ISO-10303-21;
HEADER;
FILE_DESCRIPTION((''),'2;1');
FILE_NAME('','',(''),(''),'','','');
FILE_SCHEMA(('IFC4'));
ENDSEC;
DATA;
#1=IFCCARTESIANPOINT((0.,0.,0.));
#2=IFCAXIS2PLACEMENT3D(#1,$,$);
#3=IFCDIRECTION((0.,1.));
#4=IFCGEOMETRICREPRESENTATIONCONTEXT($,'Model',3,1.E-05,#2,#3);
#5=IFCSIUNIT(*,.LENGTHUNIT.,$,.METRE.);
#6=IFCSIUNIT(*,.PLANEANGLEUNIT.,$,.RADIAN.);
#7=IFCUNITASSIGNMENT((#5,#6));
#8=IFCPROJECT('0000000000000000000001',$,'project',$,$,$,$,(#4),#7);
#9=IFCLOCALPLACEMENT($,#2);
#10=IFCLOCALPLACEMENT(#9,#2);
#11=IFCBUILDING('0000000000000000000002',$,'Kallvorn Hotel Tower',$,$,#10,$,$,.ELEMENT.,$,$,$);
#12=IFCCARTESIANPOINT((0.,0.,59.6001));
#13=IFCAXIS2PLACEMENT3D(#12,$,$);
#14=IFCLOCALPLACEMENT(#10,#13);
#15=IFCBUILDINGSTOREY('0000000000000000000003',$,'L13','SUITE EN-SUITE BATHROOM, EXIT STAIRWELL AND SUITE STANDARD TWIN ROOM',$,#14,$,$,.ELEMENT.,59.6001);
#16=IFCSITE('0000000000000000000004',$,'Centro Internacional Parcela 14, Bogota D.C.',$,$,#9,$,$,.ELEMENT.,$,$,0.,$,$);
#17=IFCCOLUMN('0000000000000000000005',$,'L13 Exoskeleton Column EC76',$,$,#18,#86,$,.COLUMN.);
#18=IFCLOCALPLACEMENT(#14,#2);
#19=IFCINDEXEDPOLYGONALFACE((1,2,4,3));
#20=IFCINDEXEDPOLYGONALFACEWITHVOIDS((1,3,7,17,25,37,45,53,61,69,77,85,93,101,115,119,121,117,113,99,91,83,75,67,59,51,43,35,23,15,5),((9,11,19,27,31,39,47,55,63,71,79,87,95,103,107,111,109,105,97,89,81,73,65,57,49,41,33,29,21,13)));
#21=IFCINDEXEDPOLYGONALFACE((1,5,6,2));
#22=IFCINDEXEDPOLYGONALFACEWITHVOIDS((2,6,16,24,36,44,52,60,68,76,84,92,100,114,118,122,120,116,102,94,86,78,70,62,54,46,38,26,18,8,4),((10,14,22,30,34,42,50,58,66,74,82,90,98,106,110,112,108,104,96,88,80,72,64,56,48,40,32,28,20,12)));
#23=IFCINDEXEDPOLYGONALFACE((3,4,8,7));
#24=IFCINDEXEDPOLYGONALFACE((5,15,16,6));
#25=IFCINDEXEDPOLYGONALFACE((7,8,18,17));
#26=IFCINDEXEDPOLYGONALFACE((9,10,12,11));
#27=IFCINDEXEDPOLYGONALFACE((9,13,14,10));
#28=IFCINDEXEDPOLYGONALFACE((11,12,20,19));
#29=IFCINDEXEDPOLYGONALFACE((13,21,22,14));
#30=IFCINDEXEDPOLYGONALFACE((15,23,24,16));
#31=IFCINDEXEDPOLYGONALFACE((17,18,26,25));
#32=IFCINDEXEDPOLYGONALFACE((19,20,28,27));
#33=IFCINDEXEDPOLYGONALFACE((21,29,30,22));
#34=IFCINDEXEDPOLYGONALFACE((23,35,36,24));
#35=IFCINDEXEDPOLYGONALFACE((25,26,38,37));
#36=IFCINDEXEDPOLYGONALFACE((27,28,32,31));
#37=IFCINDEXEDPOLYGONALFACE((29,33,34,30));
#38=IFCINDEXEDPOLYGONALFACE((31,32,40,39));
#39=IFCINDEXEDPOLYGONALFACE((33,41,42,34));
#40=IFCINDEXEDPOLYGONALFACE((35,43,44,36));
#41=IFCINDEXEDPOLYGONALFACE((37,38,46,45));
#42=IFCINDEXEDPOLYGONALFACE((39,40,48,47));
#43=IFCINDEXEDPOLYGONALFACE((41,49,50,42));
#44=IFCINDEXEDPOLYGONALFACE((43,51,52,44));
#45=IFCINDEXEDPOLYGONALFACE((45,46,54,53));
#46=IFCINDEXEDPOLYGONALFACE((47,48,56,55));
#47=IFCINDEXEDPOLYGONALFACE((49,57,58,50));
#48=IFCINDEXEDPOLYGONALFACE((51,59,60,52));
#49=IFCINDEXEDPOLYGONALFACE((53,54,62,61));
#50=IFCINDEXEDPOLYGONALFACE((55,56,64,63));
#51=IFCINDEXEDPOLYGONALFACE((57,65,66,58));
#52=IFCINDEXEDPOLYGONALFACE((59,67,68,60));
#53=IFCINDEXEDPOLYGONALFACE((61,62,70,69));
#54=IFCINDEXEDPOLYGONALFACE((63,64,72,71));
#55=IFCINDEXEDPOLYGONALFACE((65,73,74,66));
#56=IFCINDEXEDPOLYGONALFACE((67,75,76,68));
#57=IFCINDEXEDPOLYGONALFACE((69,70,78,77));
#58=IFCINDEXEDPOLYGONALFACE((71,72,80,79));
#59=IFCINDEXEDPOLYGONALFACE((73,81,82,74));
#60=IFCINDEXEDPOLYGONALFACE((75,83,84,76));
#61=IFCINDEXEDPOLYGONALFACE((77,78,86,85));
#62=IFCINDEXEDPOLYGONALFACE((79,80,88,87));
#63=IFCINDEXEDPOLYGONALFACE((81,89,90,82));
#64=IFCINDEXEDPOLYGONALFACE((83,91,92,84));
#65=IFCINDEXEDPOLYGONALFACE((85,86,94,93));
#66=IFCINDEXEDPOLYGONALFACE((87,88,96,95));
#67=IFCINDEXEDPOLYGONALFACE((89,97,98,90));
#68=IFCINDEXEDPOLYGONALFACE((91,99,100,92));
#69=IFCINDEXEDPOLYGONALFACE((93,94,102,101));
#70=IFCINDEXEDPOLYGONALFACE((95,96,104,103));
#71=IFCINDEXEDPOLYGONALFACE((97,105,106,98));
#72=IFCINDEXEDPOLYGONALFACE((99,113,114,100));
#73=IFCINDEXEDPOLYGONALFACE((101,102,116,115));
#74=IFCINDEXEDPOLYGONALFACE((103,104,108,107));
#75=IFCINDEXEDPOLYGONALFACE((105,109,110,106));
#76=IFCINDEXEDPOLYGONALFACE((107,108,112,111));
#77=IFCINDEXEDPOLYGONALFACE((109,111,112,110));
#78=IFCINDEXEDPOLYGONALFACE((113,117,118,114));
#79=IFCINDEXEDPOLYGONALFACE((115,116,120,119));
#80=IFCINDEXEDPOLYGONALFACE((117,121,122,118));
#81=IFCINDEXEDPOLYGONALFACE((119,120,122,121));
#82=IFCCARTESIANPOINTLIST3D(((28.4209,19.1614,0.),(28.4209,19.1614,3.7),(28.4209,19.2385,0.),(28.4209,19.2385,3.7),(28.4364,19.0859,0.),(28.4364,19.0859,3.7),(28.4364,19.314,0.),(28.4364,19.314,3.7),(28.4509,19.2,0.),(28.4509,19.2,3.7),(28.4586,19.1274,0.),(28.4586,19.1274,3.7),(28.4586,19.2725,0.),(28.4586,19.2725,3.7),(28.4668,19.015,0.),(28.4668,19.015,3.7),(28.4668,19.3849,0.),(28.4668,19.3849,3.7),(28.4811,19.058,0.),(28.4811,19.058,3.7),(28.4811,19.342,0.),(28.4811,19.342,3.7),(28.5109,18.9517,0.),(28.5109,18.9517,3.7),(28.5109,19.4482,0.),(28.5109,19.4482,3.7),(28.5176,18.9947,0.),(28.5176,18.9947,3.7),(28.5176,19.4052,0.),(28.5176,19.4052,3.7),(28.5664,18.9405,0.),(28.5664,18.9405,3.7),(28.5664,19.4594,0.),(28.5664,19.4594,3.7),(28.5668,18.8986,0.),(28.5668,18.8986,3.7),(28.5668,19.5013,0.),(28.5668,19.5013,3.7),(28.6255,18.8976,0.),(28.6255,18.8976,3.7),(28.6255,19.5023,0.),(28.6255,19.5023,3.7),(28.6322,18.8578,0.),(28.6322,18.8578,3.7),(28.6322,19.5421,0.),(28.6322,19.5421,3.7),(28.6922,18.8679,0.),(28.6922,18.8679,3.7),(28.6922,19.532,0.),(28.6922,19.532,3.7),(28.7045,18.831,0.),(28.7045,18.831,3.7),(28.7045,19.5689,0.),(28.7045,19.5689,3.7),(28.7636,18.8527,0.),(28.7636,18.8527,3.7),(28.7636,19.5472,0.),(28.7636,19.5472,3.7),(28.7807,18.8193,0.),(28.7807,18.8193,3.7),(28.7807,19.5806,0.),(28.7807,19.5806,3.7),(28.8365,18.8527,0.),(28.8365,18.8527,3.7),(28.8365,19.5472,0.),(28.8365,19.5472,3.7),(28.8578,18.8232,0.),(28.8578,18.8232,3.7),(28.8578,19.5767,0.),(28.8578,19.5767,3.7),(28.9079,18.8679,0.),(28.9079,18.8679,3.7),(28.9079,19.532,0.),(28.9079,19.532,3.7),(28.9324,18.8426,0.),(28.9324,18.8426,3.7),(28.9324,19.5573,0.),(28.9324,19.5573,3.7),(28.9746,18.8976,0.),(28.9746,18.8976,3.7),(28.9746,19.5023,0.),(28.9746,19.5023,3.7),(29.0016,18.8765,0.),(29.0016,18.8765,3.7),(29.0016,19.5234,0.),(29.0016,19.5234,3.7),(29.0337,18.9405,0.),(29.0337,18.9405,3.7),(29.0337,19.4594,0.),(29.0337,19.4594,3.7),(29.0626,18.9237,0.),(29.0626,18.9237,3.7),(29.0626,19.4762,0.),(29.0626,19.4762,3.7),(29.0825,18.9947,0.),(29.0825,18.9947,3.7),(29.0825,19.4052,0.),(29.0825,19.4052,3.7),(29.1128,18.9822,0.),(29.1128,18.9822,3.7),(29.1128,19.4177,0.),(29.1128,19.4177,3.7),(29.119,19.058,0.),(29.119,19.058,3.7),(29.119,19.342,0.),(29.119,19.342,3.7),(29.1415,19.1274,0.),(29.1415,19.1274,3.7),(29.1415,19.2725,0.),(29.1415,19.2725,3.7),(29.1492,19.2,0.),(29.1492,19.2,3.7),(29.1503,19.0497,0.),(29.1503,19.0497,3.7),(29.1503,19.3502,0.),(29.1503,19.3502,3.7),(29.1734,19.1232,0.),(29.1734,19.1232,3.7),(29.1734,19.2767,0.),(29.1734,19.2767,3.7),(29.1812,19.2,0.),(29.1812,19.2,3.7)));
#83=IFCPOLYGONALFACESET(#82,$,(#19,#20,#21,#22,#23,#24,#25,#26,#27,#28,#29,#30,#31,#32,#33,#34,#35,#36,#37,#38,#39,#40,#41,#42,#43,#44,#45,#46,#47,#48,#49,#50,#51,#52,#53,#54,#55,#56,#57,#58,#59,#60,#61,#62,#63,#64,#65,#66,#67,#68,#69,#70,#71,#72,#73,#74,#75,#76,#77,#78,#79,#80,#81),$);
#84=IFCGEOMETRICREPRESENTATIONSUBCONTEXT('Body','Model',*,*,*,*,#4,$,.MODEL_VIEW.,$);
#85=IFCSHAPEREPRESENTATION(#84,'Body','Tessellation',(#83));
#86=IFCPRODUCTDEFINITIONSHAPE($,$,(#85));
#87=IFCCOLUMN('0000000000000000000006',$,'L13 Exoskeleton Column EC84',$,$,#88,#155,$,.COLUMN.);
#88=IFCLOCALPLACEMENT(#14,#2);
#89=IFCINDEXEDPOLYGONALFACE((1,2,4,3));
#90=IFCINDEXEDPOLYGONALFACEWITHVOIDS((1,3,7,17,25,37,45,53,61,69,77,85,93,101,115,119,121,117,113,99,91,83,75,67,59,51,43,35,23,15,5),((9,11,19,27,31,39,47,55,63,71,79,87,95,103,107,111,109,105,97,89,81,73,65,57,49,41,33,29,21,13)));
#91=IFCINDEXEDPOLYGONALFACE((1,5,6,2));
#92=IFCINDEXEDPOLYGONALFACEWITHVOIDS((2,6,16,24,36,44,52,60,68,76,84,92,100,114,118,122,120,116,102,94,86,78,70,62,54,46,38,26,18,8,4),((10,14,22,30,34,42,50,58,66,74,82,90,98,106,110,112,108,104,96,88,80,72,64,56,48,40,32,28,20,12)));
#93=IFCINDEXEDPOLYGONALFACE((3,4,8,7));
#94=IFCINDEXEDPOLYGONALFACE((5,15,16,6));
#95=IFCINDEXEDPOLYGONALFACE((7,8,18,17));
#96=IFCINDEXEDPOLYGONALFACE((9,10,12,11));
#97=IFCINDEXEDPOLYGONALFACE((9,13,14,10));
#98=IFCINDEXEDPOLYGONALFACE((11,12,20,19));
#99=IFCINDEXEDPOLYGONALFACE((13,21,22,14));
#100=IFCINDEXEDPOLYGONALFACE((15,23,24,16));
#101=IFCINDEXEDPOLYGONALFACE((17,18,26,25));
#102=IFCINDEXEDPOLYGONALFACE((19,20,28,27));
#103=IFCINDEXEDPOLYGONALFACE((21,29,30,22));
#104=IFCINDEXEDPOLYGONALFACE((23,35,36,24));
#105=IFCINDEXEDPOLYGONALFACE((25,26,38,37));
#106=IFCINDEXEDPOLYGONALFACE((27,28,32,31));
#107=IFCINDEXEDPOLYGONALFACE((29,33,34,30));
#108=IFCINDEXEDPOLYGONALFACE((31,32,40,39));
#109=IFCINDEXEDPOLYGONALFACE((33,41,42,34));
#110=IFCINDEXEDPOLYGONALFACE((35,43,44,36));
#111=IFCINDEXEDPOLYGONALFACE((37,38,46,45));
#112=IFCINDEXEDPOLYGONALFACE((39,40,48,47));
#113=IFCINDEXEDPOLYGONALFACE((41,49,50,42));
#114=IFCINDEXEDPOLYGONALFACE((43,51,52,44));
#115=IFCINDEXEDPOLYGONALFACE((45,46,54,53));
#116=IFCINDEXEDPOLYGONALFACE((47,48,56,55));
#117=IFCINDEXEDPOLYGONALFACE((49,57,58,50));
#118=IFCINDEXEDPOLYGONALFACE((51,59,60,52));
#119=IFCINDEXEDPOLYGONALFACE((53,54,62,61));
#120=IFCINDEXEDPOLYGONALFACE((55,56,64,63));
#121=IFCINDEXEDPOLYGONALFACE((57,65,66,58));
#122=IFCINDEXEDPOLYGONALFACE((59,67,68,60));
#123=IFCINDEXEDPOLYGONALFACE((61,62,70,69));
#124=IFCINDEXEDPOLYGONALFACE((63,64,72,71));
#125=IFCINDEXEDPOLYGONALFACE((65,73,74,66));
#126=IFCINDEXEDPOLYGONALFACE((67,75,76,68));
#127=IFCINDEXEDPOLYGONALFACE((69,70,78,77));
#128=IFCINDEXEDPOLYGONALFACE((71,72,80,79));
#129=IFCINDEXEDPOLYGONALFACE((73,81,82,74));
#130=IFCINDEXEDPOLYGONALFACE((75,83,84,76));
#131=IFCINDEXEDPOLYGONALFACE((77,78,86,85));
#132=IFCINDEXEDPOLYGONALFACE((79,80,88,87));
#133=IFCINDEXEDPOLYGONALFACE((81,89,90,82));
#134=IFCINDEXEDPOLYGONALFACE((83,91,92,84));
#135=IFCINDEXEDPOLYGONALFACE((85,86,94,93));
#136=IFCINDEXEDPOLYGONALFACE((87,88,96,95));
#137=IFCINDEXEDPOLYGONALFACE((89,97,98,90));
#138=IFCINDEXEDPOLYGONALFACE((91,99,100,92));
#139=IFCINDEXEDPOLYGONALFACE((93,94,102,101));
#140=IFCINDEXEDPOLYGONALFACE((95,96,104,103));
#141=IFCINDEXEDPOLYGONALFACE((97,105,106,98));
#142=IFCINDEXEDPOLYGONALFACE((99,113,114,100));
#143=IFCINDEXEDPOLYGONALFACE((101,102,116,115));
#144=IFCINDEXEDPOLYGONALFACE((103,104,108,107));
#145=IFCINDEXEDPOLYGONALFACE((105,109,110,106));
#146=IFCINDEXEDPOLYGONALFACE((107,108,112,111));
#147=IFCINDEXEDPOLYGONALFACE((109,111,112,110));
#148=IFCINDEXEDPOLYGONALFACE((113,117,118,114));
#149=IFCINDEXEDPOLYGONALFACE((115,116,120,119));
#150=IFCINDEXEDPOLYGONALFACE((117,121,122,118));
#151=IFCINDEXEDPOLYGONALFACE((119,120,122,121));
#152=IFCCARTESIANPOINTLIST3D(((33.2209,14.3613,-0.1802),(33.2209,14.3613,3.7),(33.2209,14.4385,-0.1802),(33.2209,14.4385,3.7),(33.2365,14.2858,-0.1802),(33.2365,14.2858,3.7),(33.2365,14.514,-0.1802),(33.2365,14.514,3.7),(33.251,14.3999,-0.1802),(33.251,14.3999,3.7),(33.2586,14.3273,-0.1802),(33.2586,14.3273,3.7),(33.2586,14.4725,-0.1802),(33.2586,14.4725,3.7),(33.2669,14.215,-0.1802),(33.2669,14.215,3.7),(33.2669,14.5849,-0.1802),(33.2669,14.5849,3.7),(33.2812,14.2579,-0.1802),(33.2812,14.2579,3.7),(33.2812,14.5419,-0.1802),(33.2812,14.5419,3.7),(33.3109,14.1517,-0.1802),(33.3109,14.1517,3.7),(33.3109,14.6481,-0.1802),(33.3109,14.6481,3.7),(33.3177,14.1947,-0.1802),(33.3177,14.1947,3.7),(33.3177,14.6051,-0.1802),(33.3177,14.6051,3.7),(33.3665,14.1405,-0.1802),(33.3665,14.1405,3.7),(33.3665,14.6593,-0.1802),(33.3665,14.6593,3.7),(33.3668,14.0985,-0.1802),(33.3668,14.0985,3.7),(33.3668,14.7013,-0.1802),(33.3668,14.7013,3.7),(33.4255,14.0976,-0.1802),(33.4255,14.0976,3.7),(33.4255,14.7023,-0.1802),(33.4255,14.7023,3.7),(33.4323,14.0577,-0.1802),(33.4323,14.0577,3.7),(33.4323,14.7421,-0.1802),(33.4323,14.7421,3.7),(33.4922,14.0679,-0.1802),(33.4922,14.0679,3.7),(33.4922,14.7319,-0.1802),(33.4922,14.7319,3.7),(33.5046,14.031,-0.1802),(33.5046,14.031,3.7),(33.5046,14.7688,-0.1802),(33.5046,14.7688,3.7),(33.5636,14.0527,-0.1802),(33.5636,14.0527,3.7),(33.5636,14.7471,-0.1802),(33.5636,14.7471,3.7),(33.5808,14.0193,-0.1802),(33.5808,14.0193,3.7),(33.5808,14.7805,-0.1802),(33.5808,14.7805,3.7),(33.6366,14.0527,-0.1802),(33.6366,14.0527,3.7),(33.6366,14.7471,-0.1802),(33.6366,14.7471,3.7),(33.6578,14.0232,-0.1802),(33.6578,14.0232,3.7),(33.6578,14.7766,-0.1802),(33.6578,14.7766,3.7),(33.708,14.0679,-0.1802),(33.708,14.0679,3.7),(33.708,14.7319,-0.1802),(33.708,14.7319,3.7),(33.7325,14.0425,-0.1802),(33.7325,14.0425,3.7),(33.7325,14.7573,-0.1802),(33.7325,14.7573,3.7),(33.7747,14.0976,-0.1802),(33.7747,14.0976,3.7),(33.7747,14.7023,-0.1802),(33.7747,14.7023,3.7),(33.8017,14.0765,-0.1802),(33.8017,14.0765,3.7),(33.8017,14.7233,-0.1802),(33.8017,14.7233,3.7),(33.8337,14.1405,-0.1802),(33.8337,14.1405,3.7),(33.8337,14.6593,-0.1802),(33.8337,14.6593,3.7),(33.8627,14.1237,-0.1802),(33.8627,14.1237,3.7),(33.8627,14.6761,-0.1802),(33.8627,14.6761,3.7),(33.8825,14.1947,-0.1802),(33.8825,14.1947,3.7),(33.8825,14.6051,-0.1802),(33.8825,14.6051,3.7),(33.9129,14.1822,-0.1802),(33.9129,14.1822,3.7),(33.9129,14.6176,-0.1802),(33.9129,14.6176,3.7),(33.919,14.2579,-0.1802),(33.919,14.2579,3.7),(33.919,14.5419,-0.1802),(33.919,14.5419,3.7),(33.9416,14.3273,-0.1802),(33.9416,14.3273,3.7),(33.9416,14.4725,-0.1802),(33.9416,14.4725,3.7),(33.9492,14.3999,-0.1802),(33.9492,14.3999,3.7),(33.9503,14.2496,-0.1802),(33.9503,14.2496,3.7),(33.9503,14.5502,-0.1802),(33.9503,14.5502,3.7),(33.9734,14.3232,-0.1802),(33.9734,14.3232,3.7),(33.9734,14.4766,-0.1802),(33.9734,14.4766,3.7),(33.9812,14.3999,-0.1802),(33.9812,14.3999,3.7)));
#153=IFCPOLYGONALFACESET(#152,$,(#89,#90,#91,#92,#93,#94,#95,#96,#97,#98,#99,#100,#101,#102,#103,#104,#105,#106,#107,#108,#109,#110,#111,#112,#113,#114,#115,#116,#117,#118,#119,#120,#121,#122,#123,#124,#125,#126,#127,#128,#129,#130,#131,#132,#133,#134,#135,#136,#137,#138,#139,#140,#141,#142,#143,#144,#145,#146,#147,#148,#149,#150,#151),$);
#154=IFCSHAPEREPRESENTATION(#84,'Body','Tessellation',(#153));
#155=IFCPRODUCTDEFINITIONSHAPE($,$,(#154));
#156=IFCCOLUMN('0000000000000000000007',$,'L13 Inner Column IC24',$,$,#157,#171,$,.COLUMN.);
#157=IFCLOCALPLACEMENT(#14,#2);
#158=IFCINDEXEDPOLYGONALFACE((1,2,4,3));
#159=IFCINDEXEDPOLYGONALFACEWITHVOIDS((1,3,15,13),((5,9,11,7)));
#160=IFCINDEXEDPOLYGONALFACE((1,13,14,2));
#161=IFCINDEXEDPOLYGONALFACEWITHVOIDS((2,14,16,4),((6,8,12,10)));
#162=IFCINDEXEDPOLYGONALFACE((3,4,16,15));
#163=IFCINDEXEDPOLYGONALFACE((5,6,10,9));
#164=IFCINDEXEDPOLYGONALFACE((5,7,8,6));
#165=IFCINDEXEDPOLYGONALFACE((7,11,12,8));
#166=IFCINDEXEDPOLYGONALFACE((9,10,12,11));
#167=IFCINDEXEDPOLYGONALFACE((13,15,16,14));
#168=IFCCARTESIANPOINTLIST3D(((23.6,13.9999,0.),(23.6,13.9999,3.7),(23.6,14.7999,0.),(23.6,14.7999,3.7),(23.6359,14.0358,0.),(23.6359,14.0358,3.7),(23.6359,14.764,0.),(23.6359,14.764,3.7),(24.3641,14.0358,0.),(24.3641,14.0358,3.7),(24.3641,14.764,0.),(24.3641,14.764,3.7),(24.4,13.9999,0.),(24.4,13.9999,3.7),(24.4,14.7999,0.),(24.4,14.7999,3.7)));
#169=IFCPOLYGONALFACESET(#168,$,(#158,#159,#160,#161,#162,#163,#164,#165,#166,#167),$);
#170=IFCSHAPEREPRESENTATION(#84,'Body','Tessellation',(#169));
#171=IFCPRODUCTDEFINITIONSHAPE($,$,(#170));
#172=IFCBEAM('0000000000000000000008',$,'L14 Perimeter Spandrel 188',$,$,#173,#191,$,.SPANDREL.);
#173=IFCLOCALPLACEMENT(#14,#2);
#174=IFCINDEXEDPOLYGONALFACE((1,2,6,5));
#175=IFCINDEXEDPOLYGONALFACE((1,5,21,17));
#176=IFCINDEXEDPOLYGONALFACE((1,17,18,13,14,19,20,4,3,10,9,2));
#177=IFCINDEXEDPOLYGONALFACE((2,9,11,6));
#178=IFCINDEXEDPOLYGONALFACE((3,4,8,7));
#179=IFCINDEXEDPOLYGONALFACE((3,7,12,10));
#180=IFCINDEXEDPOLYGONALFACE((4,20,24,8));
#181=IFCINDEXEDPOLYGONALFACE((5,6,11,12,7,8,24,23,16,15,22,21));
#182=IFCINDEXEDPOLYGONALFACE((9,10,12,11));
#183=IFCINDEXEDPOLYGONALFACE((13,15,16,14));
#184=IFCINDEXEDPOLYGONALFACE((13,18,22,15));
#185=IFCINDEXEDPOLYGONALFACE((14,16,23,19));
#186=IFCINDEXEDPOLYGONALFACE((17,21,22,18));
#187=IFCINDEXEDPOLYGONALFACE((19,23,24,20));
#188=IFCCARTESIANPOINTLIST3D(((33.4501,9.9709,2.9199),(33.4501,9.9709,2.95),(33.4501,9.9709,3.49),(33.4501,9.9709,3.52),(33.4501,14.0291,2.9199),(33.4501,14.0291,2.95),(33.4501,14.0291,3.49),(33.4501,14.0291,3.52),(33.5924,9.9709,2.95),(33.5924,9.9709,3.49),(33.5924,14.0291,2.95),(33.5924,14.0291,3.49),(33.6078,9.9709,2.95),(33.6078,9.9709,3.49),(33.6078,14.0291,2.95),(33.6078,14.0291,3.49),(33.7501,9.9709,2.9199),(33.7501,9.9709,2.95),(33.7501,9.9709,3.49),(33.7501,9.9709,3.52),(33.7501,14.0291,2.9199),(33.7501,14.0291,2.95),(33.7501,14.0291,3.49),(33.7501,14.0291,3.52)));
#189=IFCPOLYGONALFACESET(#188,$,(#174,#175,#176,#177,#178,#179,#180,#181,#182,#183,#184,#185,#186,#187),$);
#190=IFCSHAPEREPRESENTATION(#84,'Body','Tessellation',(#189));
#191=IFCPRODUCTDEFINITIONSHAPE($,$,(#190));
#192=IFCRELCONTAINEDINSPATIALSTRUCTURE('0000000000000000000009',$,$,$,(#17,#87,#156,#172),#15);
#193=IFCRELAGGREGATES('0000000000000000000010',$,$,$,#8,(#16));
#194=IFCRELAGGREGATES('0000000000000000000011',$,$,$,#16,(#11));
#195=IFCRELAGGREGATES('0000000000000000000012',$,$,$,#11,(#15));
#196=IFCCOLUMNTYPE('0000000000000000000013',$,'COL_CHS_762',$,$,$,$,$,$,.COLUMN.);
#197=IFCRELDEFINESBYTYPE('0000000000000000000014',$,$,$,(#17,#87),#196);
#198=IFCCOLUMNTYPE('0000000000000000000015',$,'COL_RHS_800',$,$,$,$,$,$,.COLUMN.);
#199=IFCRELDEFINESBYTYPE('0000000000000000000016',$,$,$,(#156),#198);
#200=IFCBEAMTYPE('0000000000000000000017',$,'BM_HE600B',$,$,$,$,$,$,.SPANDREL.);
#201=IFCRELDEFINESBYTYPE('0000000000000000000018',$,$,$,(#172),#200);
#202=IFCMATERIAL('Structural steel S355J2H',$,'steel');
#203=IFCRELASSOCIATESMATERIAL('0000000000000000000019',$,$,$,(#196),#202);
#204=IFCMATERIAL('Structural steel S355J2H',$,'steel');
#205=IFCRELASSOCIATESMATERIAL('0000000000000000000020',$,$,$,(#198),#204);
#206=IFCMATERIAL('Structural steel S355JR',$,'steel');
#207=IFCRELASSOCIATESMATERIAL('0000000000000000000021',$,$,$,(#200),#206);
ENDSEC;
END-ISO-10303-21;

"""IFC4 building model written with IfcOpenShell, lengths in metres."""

from ifc_helpers import new_model, si_unit, direction, frame, origin, origin_2d, place, context, subcontext, project, spatial, hollow_rectangle, hollow_circle, i_section, extrude, material, material_profile, profile_set, type_object, element, save


model = new_model("IFC4")

# Units and contexts
model_context = context("Model", 3, precision=1e-05, world=origin(), true_north=direction((0.0, 1.0)))
body_context = subcontext(model_context, "Body", "Model", "MODEL_VIEW")
ifc_project = project(units=[si_unit("LENGTHUNIT", "METRE"), si_unit("PLANEANGLEUNIT", "RADIAN")], contexts=[model_context])

# Site, building, storey
site_placement = place(None, origin())
site = spatial("IfcSite", under=ifc_project, at=site_placement, Name="Centro Internacional Parcela 14, Bogota D.C.", CompositionType="ELEMENT", RefElevation=0.0)
building_placement = place(site_placement, origin())
building = spatial("IfcBuilding", under=site, at=building_placement, Name="Kallvorn Hotel Tower", CompositionType="ELEMENT")
storey_placement = place(building_placement, frame((0.0, 0.0, 59.6001)))
storey = spatial("IfcBuildingStorey", under=building, at=storey_placement, Name="L13", Description="SUITE EN-SUITE BATHROOM, EXIT STAIRWELL AND SUITE STANDARD TWIN ROOM", CompositionType="ELEMENT", Elevation=59.6001)

# Columns
ifc_material_1 = material(Name="Structural steel S355J2H", Category="steel")
ifc_material_profile_1 = material_profile(ifc_material_1, hollow_circle(Radius=0.3811, WallThickness=0.032, at=origin_2d()), Name="CHS 762x32")
ifc_profile_set_1 = profile_set([ifc_material_profile_1], Name="Structural steel S355J2H")
column_type_1 = type_object("IfcColumnType", Name="COL_CHS_762", PredefinedType="COLUMN", material=ifc_profile_set_1)
for number, where, z_axis, x_axis, name in (
    (1, (28.8, 19.2, 0.0), (0.0, 0.0, 1.0), (1.0, 0.0, 0.0), "L13 Exoskeleton Column EC76"),
):
    element("IfcColumn", number, at=place(storey_placement, frame(where, z_axis=z_axis, x_axis=x_axis)), inside=storey, type_object=column_type_1, Name=name, PredefinedType="COLUMN", context=body_context, shape_type="SweptSolid", body=[
        extrude(hollow_circle(Radius=0.3811, WallThickness=0.032, at=origin_2d()), origin(), (0.0, 0.0, 1.0), 3.7),
    ])
column_1_placement = place(storey_placement, frame((33.6001, 14.3999, -0.1802), z_axis=(0.0, 0.0, 1.0), x_axis=(1.0, 0.0, 0.0)))
element("IfcColumn", 2, at=column_1_placement, inside=storey, type_object=column_type_1, Name="L13 Exoskeleton Column EC84", PredefinedType="COLUMN", context=body_context, shape_type="SweptSolid", body=[
    extrude(hollow_circle(Radius=0.3811, WallThickness=0.032, at=origin_2d()), origin(), (0.0, 0.0, 1.0), 3.8801),
])
ifc_material_2 = material(Name="Structural steel S355J2H", Category="steel")
ifc_material_profile_2 = material_profile(ifc_material_2, hollow_rectangle(XDim=0.8, YDim=0.8, WallThickness=0.0359, at=origin_2d()), Name="RHS 800x800x36")
ifc_profile_set_2 = profile_set([ifc_material_profile_2], Name="Structural steel S355J2H")
column_type_2 = type_object("IfcColumnType", Name="COL_RHS_800", PredefinedType="COLUMN", material=ifc_profile_set_2)
column_2_placement = place(storey_placement, frame((24.0, 14.3999, 0.0), z_axis=(0.0, 0.0, 1.0), x_axis=(1.0, 0.0, 0.0)))
element("IfcColumn", 3, at=column_2_placement, inside=storey, type_object=column_type_2, Name="L13 Inner Column IC24", PredefinedType="COLUMN", context=body_context, shape_type="SweptSolid", body=[
    extrude(hollow_rectangle(XDim=0.8, YDim=0.8, WallThickness=0.0359, at=origin_2d()), origin(), (0.0, 0.0, 1.0), 3.7),
])

# Beam
ifc_material_3 = material(Name="Structural steel S355JR", Category="steel")
ifc_material_profile_3 = material_profile(ifc_material_3, i_section(OverallWidth=0.3, OverallDepth=0.6001, WebThickness=0.0154, FlangeThickness=0.03, at=origin_2d()), Name="HE 600 B")
ifc_profile_set_3 = profile_set([ifc_material_profile_3], Name="Structural steel S355JR")
beam_type_1 = type_object("IfcBeamType", Name="BM_HE600B", PredefinedType="SPANDREL", material=ifc_profile_set_3)
beam_1_placement = place(storey_placement, frame((33.6001, 9.9709, 3.22), z_axis=(0.0, 1.0, 0.0), x_axis=(-1.0, 0.0, 0.0)))
element("IfcBeam", 4, at=beam_1_placement, inside=storey, type_object=beam_type_1, Name="L14 Perimeter Spandrel 188", PredefinedType="SPANDREL", context=body_context, shape_type="SweptSolid", body=[
    extrude(i_section(OverallWidth=0.3, OverallDepth=0.6001, WebThickness=0.0154, FlangeThickness=0.03, at=origin_2d()), origin(), (0.0, 0.0, 1.0), 4.0581),
])

save(model, "model.ifc")
